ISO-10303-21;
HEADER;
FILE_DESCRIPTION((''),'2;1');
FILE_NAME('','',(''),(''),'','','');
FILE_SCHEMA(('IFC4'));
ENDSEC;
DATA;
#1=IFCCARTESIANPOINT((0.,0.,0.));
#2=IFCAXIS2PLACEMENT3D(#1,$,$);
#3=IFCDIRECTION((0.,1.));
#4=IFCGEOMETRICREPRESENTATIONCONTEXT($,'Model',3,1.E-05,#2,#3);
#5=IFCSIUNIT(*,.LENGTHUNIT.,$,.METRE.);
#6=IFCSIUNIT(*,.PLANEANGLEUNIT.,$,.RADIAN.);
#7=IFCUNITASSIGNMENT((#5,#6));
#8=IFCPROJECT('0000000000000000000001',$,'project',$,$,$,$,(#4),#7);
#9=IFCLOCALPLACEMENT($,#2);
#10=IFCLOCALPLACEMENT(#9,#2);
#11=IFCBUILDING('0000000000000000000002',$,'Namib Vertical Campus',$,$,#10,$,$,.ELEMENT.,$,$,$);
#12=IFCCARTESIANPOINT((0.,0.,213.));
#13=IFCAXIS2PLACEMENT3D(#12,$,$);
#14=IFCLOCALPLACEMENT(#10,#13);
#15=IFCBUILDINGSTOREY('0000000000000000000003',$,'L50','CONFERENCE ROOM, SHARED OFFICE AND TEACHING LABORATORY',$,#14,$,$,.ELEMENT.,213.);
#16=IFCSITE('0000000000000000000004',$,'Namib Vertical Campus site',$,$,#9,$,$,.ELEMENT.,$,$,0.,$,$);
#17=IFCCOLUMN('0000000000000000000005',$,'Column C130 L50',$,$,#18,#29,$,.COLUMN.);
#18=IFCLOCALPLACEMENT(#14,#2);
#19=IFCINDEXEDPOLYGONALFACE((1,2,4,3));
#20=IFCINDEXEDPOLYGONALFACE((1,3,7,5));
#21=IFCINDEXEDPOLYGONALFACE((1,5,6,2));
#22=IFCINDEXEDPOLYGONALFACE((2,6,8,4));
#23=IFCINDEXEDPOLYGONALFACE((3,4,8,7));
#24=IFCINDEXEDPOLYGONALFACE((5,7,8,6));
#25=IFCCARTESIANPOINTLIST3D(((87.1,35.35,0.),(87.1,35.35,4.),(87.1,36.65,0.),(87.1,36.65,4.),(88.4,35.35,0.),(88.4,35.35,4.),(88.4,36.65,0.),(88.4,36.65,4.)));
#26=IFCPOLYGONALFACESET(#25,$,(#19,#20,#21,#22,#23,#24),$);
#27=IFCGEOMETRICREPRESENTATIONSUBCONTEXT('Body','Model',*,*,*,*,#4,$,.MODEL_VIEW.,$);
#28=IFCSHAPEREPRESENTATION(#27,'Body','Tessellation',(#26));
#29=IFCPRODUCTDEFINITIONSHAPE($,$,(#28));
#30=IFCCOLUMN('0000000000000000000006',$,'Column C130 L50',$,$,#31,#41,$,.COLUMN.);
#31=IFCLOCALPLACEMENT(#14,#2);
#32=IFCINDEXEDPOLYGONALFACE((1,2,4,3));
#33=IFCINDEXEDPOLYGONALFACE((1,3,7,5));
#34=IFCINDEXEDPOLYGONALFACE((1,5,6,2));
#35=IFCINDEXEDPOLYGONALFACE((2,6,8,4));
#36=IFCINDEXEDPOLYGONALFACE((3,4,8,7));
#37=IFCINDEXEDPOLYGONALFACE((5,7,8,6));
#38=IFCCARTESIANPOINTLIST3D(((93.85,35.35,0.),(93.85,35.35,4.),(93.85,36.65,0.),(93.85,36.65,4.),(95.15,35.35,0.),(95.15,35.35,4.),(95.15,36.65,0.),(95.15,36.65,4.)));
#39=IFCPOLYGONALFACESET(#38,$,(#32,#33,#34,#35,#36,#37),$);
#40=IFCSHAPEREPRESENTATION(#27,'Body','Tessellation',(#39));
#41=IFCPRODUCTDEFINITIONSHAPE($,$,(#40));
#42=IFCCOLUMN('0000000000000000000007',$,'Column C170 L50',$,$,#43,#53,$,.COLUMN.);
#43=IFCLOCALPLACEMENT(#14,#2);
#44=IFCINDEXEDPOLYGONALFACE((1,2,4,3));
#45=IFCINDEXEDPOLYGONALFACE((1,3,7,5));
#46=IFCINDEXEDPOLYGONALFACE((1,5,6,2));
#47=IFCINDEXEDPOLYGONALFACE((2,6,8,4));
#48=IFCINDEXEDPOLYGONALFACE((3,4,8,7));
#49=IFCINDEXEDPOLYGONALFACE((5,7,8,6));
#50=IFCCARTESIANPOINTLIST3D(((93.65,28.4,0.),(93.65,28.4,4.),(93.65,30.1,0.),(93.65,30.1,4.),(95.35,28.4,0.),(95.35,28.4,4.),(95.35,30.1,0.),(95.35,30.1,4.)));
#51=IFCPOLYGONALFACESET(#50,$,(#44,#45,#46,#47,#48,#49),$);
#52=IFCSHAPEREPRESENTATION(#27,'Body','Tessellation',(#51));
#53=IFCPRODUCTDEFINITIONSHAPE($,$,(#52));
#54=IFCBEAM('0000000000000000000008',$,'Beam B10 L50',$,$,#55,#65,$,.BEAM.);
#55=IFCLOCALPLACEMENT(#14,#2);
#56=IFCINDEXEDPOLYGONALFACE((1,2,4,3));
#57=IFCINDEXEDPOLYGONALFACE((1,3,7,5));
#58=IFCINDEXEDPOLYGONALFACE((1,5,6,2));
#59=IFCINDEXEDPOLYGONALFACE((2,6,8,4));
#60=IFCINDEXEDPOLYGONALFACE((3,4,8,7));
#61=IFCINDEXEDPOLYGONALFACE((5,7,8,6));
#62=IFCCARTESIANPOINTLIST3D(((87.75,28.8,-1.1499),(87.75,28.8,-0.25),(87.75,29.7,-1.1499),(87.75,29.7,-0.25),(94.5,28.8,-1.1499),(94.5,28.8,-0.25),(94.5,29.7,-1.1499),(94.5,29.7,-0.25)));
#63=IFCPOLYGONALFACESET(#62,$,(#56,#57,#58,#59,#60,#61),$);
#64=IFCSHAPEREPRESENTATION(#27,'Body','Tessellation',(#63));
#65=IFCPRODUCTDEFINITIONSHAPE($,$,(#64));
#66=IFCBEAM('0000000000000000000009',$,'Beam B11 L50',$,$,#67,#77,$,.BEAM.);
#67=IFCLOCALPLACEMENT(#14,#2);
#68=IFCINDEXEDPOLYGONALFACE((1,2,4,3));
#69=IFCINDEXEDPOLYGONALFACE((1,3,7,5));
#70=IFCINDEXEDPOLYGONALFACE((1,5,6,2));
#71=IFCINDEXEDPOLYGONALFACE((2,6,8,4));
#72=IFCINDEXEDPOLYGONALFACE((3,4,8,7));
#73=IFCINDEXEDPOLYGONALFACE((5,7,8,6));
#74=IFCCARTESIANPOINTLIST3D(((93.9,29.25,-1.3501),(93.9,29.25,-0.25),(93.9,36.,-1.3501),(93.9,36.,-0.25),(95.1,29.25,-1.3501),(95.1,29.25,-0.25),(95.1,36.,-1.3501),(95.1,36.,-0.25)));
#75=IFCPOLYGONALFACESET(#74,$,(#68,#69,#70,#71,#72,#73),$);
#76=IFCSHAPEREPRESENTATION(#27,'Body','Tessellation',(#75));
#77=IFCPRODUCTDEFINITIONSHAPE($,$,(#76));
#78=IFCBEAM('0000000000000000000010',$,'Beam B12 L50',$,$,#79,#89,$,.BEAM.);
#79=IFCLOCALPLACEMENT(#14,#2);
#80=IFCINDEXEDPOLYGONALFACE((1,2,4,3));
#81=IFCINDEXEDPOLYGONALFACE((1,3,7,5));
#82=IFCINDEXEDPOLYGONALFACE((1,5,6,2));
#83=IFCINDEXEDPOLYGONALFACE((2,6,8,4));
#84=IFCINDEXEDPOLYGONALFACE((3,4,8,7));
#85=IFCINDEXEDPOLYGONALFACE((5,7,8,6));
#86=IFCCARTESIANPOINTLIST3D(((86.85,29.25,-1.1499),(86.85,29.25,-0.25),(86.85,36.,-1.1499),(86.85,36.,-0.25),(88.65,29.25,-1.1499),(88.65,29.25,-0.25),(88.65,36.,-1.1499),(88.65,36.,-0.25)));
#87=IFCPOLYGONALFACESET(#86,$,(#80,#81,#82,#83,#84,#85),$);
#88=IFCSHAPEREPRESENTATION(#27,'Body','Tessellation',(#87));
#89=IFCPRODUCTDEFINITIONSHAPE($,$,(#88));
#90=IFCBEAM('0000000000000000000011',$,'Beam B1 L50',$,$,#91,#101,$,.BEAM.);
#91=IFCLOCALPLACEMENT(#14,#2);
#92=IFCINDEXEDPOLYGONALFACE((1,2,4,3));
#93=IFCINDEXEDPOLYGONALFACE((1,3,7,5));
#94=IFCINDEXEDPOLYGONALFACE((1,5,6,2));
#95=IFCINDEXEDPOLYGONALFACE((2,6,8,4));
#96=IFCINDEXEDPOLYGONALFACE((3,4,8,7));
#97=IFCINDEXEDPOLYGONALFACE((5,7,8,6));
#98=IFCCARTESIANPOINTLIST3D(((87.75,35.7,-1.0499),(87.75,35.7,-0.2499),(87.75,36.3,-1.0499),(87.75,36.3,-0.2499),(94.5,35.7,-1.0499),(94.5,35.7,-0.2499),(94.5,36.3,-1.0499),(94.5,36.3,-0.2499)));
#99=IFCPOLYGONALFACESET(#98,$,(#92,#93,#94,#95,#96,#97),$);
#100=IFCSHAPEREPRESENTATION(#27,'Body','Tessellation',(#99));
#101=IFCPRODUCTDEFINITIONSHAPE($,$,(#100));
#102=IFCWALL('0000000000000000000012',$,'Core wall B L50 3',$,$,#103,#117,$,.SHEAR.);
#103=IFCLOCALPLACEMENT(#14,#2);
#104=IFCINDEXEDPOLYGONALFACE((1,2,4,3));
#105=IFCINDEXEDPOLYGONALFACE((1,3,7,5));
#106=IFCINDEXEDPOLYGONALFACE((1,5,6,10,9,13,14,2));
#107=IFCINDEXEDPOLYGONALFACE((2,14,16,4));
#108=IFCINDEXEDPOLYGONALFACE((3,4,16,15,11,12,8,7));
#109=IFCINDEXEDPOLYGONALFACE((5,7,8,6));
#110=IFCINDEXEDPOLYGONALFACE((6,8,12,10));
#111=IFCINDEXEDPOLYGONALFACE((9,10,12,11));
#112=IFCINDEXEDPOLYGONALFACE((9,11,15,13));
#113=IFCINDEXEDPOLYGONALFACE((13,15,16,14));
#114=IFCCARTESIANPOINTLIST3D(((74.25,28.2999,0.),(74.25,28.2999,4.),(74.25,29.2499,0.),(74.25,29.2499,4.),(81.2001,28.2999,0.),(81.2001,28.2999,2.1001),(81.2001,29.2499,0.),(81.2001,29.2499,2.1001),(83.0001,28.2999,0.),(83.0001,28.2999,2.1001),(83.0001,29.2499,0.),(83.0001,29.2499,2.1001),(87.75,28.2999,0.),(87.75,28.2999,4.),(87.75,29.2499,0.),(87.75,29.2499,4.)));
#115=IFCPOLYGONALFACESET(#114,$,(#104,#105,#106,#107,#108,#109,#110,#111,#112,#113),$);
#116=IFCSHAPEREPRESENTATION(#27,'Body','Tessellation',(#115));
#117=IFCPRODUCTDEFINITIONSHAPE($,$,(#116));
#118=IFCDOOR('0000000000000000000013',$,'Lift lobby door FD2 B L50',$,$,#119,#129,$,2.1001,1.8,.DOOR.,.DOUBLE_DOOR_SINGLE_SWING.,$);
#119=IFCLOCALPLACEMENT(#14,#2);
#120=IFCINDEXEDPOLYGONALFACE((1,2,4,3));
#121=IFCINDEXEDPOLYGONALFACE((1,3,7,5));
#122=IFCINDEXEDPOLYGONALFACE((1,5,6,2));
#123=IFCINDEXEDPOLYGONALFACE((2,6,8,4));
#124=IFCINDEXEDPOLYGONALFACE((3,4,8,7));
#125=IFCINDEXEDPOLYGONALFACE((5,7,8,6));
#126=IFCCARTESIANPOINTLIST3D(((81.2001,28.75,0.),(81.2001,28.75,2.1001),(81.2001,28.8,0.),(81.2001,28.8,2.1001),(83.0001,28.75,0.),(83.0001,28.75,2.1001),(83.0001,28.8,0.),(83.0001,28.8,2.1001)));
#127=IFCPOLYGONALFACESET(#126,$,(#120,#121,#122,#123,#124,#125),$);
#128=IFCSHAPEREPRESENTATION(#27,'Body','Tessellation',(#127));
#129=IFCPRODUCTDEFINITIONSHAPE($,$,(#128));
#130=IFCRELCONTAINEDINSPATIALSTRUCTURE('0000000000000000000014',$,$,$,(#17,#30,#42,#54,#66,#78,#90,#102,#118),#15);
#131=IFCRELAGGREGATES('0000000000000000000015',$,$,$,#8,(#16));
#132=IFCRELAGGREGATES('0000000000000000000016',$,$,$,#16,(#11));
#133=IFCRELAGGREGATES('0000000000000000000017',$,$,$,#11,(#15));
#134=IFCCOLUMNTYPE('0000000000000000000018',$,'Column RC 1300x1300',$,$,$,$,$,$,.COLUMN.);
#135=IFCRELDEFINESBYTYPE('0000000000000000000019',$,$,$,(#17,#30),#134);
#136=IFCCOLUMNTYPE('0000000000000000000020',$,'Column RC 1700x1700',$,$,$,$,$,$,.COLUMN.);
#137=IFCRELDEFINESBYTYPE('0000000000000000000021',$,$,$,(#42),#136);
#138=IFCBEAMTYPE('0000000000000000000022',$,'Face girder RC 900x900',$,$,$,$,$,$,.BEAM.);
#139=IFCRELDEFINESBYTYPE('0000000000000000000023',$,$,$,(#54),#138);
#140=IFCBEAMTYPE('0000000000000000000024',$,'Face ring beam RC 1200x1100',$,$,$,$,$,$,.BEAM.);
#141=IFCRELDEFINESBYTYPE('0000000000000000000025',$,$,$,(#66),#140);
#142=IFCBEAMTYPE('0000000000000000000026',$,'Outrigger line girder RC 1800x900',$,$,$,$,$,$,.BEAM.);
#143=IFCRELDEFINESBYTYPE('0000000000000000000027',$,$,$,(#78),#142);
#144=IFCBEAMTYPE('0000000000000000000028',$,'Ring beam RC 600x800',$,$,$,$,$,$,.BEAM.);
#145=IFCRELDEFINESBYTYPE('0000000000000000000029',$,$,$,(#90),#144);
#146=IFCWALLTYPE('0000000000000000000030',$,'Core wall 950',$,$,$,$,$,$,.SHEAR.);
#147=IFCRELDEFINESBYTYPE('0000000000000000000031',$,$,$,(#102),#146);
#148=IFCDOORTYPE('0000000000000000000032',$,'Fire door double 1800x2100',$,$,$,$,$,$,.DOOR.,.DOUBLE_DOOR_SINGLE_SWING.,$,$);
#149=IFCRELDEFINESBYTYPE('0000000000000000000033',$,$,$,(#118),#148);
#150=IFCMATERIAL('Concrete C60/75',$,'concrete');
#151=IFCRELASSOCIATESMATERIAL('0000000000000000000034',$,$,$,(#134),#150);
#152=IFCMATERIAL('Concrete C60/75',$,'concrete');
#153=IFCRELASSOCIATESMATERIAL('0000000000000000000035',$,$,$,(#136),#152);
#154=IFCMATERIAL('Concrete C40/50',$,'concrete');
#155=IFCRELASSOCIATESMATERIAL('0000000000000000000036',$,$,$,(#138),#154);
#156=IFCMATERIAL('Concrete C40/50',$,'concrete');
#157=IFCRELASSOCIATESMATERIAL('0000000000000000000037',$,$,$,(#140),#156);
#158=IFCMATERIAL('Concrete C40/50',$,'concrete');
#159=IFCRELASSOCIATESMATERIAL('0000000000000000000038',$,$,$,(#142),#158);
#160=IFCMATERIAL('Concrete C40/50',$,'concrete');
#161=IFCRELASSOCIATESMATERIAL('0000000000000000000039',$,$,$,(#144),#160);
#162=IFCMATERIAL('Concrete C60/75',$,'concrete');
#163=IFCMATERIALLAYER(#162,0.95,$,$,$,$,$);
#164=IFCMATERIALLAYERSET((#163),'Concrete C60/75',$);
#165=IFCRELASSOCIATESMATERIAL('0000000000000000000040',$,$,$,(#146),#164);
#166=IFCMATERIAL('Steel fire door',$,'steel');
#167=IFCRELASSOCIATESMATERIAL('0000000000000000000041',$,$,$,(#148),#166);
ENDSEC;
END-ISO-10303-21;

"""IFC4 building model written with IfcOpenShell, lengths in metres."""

from ifc_helpers import new_model, si_unit, direction, frame, frame_2d, origin, origin_2d, place, context, subcontext, project, spatial, rectangle, extrude, material, layer, layer_set, material_profile, profile_set, type_object, element, fill, save


model = new_model("IFC4")

# Units and contexts
model_context = context("Model", 3, precision=1e-05, world=origin(), true_north=direction((0.0, 1.0)))
body_context = subcontext(model_context, "Body", "Model", "MODEL_VIEW")
ifc_project = project(units=[si_unit("LENGTHUNIT", "METRE"), si_unit("PLANEANGLEUNIT", "RADIAN")], contexts=[model_context])

# Site, building, storey
site_placement = place(None, origin())
site = spatial("IfcSite", under=ifc_project, at=site_placement, Name="Namib Vertical Campus site", CompositionType="ELEMENT", RefElevation=0.0)
building_placement = place(site_placement, origin())
building = spatial("IfcBuilding", under=site, at=building_placement, Name="Namib Vertical Campus", CompositionType="ELEMENT")
storey_placement = place(building_placement, frame((0.0, 0.0, 213.0)))
storey = spatial("IfcBuildingStorey", under=building, at=storey_placement, Name="L50", Description="CONFERENCE ROOM, SHARED OFFICE AND TEACHING LABORATORY", CompositionType="ELEMENT", Elevation=213.0)

# Columns
ifc_material_1 = material(Name="Concrete C60/75", Category="concrete")
ifc_material_profile_1 = material_profile(ifc_material_1, rectangle(XDim=1.3, YDim=1.3, at=origin_2d()))
ifc_profile_set_1 = profile_set([ifc_material_profile_1], Name="Concrete C60/75")
column_type_1 = type_object("IfcColumnType", Name="Column RC 1300x1300", PredefinedType="COLUMN", material=ifc_profile_set_1)
for number, where, z_axis, x_axis, name in (
    (1, (87.75, 36.0, 0.0), (0.0, 0.0, 1.0), (1.0, 0.0, 0.0), "Column C130 L50"),
    (2, (94.5, 36.0, 0.0), (0.0, 0.0, 1.0), (1.0, 0.0, 0.0), "Column C130 L50"),
):
    element("IfcColumn", number, at=place(storey_placement, frame(where, z_axis=z_axis, x_axis=x_axis)), inside=storey, type_object=column_type_1, Name=name, PredefinedType="COLUMN", context=body_context, shape_type="SweptSolid", body=[
        extrude(rectangle(XDim=1.3, YDim=1.3, at=origin_2d()), origin(), (0.0, 0.0, 1.0), 4.0),
    ])
ifc_material_2 = material(Name="Concrete C60/75", Category="concrete")
ifc_material_profile_2 = material_profile(ifc_material_2, rectangle(XDim=1.7, YDim=1.7, at=origin_2d()))
ifc_profile_set_2 = profile_set([ifc_material_profile_2], Name="Concrete C60/75")
column_type_2 = type_object("IfcColumnType", Name="Column RC 1700x1700", PredefinedType="COLUMN", material=ifc_profile_set_2)
column_placement = place(storey_placement, frame((94.5, 29.25, 0.0), z_axis=(0.0, 0.0, 1.0), x_axis=(1.0, 0.0, 0.0)))
element("IfcColumn", 3, at=column_placement, inside=storey, type_object=column_type_2, Name="Column C170 L50", PredefinedType="COLUMN", context=body_context, shape_type="SweptSolid", body=[
    extrude(rectangle(XDim=1.7, YDim=1.7, at=origin_2d()), origin(), (0.0, 0.0, 1.0), 4.0),
])

# Beams
ifc_material_3 = material(Name="Concrete C40/50", Category="concrete")
ifc_material_profile_3 = material_profile(ifc_material_3, rectangle(XDim=0.8999, YDim=0.8999, at=origin_2d()))
ifc_profile_set_3 = profile_set([ifc_material_profile_3], Name="Concrete C40/50")
beam_type_1 = type_object("IfcBeamType", Name="Face girder RC 900x900", PredefinedType="BEAM", material=ifc_profile_set_3)
beam_1_placement = place(storey_placement, frame((94.5, 29.25, -0.7), z_axis=(-1.0, 0.0, 0.0), x_axis=(0.0, -1.0, 0.0)))
element("IfcBeam", 4, at=beam_1_placement, inside=storey, type_object=beam_type_1, Name="Beam B10 L50", PredefinedType="BEAM", context=body_context, shape_type="SweptSolid", body=[
    extrude(rectangle(XDim=0.8999, YDim=0.8999, at=origin_2d()), origin(), (0.0, 0.0, 1.0), 6.75),
])
ifc_material_4 = material(Name="Concrete C40/50", Category="concrete")
ifc_material_profile_4 = material_profile(ifc_material_4, rectangle(XDim=1.2, YDim=1.1001, at=origin_2d()))
ifc_profile_set_4 = profile_set([ifc_material_profile_4], Name="Concrete C40/50")
beam_type_2 = type_object("IfcBeamType", Name="Face ring beam RC 1200x1100", PredefinedType="BEAM", material=ifc_profile_set_4)
beam_2_placement = place(storey_placement, frame((94.5, 29.25, -0.8), z_axis=(0.0, 1.0, 0.0), x_axis=(-1.0, 0.0, 0.0)))
element("IfcBeam", 5, at=beam_2_placement, inside=storey, type_object=beam_type_2, Name="Beam B11 L50", PredefinedType="BEAM", context=body_context, shape_type="SweptSolid", body=[
    extrude(rectangle(XDim=1.2, YDim=1.1001, at=origin_2d()), origin(), (0.0, 0.0, 1.0), 6.75),
])
ifc_material_5 = material(Name="Concrete C40/50", Category="concrete")
ifc_material_profile_5 = material_profile(ifc_material_5, rectangle(XDim=1.8, YDim=0.8999, at=origin_2d()))
ifc_profile_set_5 = profile_set([ifc_material_profile_5], Name="Concrete C40/50")
beam_type_3 = type_object("IfcBeamType", Name="Outrigger line girder RC 1800x900", PredefinedType="BEAM", material=ifc_profile_set_5)
beam_3_placement = place(storey_placement, frame((87.75, 36.0, -0.7), z_axis=(0.0, -1.0, 0.0), x_axis=(1.0, 0.0, 0.0)))
element("IfcBeam", 6, at=beam_3_placement, inside=storey, type_object=beam_type_3, Name="Beam B12 L50", PredefinedType="BEAM", context=body_context, shape_type="SweptSolid", body=[
    extrude(rectangle(XDim=1.8, YDim=0.8999, at=origin_2d()), origin(), (0.0, 0.0, 1.0), 6.75),
])
ifc_material_6 = material(Name="Concrete C40/50", Category="concrete")
ifc_material_profile_6 = material_profile(ifc_material_6, rectangle(XDim=0.6001, YDim=0.8, at=origin_2d()))
ifc_profile_set_6 = profile_set([ifc_material_profile_6], Name="Concrete C40/50")
beam_type_4 = type_object("IfcBeamType", Name="Ring beam RC 600x800", PredefinedType="BEAM", material=ifc_profile_set_6)
beam_4_placement = place(storey_placement, frame((87.75, 36.0, -0.6499), z_axis=(1.0, 0.0, 0.0), x_axis=(0.0, 1.0, 0.0)))
element("IfcBeam", 7, at=beam_4_placement, inside=storey, type_object=beam_type_4, Name="Beam B1 L50", PredefinedType="BEAM", context=body_context, shape_type="SweptSolid", body=[
    extrude(rectangle(XDim=0.6001, YDim=0.8, at=origin_2d()), origin(), (0.0, 0.0, 1.0), 6.75),
])

# Wall, opening, door
ifc_material_7 = material(Name="Concrete C60/75", Category="concrete")
ifc_layer_1 = layer(ifc_material_7, 0.95)
ifc_layer_set_1 = layer_set([ifc_layer_1], Name="Concrete C60/75")
wall_type_1 = type_object("IfcWallType", Name="Core wall 950", PredefinedType="SHEAR", material=ifc_layer_set_1)
wall_1_placement = place(storey_placement, frame((87.75, 28.7749, 0.0), z_axis=(0.0, 0.0, 1.0), x_axis=(-1.0, 0.0, 0.0)))
wall_1 = element("IfcWall", 8, at=wall_1_placement, inside=storey, type_object=wall_type_1, Name="Core wall B L50 3", PredefinedType="SHEAR", context=body_context, shape_type="SweptSolid", body=[
    extrude(rectangle(XDim=13.5, YDim=0.95, at=frame_2d((6.75, 0.0))), origin(), (0.0, 0.0, 1.0), 4.0),
])
opening_1_placement = place(wall_1_placement, frame((4.75, 0.0, 0.0)))
opening_1 = element("IfcOpeningElement", 9, at=opening_1_placement, cuts=wall_1, PredefinedType="OPENING", context=body_context, shape_type="SweptSolid", body=[
    extrude(rectangle(XDim=1.8, YDim=2.1001, at=frame_2d((0.8999, 1.05))), frame((0.0, 0.4849, 0.0), z_axis=(0.0, -1.0, 0.0), x_axis=(1.0, 0.0, 0.0)), (0.0, 0.0, 1.0), 0.97),
])
ifc_material_8 = material(Name="Steel fire door", Category="steel")
door_type_1 = type_object("IfcDoorType", Name="Fire door double 1800x2100", OperationType="DOUBLE_DOOR_SINGLE_SWING", PredefinedType="DOOR", material=ifc_material_8)
door_1_placement = place(opening_1_placement, origin())
door_1 = element("IfcDoor", 10, at=door_1_placement, inside=storey, type_object=door_type_1, Name="Lift lobby door FD2 B L50", OperationType="DOUBLE_DOOR_SINGLE_SWING", OverallHeight=2.1001, OverallWidth=1.8, PredefinedType="DOOR", context=body_context, shape_type="SweptSolid", body=[
    extrude(rectangle(XDim=1.8, YDim=2.1001, at=frame_2d((0.8999, 1.05))), frame((0.0, 0.0249, 0.0), z_axis=(0.0, -1.0, 0.0), x_axis=(1.0, 0.0, 0.0)), (0.0, 0.0, 1.0), 0.05),
])
fill(opening_1, door_1)

save(model, "model.ifc")
